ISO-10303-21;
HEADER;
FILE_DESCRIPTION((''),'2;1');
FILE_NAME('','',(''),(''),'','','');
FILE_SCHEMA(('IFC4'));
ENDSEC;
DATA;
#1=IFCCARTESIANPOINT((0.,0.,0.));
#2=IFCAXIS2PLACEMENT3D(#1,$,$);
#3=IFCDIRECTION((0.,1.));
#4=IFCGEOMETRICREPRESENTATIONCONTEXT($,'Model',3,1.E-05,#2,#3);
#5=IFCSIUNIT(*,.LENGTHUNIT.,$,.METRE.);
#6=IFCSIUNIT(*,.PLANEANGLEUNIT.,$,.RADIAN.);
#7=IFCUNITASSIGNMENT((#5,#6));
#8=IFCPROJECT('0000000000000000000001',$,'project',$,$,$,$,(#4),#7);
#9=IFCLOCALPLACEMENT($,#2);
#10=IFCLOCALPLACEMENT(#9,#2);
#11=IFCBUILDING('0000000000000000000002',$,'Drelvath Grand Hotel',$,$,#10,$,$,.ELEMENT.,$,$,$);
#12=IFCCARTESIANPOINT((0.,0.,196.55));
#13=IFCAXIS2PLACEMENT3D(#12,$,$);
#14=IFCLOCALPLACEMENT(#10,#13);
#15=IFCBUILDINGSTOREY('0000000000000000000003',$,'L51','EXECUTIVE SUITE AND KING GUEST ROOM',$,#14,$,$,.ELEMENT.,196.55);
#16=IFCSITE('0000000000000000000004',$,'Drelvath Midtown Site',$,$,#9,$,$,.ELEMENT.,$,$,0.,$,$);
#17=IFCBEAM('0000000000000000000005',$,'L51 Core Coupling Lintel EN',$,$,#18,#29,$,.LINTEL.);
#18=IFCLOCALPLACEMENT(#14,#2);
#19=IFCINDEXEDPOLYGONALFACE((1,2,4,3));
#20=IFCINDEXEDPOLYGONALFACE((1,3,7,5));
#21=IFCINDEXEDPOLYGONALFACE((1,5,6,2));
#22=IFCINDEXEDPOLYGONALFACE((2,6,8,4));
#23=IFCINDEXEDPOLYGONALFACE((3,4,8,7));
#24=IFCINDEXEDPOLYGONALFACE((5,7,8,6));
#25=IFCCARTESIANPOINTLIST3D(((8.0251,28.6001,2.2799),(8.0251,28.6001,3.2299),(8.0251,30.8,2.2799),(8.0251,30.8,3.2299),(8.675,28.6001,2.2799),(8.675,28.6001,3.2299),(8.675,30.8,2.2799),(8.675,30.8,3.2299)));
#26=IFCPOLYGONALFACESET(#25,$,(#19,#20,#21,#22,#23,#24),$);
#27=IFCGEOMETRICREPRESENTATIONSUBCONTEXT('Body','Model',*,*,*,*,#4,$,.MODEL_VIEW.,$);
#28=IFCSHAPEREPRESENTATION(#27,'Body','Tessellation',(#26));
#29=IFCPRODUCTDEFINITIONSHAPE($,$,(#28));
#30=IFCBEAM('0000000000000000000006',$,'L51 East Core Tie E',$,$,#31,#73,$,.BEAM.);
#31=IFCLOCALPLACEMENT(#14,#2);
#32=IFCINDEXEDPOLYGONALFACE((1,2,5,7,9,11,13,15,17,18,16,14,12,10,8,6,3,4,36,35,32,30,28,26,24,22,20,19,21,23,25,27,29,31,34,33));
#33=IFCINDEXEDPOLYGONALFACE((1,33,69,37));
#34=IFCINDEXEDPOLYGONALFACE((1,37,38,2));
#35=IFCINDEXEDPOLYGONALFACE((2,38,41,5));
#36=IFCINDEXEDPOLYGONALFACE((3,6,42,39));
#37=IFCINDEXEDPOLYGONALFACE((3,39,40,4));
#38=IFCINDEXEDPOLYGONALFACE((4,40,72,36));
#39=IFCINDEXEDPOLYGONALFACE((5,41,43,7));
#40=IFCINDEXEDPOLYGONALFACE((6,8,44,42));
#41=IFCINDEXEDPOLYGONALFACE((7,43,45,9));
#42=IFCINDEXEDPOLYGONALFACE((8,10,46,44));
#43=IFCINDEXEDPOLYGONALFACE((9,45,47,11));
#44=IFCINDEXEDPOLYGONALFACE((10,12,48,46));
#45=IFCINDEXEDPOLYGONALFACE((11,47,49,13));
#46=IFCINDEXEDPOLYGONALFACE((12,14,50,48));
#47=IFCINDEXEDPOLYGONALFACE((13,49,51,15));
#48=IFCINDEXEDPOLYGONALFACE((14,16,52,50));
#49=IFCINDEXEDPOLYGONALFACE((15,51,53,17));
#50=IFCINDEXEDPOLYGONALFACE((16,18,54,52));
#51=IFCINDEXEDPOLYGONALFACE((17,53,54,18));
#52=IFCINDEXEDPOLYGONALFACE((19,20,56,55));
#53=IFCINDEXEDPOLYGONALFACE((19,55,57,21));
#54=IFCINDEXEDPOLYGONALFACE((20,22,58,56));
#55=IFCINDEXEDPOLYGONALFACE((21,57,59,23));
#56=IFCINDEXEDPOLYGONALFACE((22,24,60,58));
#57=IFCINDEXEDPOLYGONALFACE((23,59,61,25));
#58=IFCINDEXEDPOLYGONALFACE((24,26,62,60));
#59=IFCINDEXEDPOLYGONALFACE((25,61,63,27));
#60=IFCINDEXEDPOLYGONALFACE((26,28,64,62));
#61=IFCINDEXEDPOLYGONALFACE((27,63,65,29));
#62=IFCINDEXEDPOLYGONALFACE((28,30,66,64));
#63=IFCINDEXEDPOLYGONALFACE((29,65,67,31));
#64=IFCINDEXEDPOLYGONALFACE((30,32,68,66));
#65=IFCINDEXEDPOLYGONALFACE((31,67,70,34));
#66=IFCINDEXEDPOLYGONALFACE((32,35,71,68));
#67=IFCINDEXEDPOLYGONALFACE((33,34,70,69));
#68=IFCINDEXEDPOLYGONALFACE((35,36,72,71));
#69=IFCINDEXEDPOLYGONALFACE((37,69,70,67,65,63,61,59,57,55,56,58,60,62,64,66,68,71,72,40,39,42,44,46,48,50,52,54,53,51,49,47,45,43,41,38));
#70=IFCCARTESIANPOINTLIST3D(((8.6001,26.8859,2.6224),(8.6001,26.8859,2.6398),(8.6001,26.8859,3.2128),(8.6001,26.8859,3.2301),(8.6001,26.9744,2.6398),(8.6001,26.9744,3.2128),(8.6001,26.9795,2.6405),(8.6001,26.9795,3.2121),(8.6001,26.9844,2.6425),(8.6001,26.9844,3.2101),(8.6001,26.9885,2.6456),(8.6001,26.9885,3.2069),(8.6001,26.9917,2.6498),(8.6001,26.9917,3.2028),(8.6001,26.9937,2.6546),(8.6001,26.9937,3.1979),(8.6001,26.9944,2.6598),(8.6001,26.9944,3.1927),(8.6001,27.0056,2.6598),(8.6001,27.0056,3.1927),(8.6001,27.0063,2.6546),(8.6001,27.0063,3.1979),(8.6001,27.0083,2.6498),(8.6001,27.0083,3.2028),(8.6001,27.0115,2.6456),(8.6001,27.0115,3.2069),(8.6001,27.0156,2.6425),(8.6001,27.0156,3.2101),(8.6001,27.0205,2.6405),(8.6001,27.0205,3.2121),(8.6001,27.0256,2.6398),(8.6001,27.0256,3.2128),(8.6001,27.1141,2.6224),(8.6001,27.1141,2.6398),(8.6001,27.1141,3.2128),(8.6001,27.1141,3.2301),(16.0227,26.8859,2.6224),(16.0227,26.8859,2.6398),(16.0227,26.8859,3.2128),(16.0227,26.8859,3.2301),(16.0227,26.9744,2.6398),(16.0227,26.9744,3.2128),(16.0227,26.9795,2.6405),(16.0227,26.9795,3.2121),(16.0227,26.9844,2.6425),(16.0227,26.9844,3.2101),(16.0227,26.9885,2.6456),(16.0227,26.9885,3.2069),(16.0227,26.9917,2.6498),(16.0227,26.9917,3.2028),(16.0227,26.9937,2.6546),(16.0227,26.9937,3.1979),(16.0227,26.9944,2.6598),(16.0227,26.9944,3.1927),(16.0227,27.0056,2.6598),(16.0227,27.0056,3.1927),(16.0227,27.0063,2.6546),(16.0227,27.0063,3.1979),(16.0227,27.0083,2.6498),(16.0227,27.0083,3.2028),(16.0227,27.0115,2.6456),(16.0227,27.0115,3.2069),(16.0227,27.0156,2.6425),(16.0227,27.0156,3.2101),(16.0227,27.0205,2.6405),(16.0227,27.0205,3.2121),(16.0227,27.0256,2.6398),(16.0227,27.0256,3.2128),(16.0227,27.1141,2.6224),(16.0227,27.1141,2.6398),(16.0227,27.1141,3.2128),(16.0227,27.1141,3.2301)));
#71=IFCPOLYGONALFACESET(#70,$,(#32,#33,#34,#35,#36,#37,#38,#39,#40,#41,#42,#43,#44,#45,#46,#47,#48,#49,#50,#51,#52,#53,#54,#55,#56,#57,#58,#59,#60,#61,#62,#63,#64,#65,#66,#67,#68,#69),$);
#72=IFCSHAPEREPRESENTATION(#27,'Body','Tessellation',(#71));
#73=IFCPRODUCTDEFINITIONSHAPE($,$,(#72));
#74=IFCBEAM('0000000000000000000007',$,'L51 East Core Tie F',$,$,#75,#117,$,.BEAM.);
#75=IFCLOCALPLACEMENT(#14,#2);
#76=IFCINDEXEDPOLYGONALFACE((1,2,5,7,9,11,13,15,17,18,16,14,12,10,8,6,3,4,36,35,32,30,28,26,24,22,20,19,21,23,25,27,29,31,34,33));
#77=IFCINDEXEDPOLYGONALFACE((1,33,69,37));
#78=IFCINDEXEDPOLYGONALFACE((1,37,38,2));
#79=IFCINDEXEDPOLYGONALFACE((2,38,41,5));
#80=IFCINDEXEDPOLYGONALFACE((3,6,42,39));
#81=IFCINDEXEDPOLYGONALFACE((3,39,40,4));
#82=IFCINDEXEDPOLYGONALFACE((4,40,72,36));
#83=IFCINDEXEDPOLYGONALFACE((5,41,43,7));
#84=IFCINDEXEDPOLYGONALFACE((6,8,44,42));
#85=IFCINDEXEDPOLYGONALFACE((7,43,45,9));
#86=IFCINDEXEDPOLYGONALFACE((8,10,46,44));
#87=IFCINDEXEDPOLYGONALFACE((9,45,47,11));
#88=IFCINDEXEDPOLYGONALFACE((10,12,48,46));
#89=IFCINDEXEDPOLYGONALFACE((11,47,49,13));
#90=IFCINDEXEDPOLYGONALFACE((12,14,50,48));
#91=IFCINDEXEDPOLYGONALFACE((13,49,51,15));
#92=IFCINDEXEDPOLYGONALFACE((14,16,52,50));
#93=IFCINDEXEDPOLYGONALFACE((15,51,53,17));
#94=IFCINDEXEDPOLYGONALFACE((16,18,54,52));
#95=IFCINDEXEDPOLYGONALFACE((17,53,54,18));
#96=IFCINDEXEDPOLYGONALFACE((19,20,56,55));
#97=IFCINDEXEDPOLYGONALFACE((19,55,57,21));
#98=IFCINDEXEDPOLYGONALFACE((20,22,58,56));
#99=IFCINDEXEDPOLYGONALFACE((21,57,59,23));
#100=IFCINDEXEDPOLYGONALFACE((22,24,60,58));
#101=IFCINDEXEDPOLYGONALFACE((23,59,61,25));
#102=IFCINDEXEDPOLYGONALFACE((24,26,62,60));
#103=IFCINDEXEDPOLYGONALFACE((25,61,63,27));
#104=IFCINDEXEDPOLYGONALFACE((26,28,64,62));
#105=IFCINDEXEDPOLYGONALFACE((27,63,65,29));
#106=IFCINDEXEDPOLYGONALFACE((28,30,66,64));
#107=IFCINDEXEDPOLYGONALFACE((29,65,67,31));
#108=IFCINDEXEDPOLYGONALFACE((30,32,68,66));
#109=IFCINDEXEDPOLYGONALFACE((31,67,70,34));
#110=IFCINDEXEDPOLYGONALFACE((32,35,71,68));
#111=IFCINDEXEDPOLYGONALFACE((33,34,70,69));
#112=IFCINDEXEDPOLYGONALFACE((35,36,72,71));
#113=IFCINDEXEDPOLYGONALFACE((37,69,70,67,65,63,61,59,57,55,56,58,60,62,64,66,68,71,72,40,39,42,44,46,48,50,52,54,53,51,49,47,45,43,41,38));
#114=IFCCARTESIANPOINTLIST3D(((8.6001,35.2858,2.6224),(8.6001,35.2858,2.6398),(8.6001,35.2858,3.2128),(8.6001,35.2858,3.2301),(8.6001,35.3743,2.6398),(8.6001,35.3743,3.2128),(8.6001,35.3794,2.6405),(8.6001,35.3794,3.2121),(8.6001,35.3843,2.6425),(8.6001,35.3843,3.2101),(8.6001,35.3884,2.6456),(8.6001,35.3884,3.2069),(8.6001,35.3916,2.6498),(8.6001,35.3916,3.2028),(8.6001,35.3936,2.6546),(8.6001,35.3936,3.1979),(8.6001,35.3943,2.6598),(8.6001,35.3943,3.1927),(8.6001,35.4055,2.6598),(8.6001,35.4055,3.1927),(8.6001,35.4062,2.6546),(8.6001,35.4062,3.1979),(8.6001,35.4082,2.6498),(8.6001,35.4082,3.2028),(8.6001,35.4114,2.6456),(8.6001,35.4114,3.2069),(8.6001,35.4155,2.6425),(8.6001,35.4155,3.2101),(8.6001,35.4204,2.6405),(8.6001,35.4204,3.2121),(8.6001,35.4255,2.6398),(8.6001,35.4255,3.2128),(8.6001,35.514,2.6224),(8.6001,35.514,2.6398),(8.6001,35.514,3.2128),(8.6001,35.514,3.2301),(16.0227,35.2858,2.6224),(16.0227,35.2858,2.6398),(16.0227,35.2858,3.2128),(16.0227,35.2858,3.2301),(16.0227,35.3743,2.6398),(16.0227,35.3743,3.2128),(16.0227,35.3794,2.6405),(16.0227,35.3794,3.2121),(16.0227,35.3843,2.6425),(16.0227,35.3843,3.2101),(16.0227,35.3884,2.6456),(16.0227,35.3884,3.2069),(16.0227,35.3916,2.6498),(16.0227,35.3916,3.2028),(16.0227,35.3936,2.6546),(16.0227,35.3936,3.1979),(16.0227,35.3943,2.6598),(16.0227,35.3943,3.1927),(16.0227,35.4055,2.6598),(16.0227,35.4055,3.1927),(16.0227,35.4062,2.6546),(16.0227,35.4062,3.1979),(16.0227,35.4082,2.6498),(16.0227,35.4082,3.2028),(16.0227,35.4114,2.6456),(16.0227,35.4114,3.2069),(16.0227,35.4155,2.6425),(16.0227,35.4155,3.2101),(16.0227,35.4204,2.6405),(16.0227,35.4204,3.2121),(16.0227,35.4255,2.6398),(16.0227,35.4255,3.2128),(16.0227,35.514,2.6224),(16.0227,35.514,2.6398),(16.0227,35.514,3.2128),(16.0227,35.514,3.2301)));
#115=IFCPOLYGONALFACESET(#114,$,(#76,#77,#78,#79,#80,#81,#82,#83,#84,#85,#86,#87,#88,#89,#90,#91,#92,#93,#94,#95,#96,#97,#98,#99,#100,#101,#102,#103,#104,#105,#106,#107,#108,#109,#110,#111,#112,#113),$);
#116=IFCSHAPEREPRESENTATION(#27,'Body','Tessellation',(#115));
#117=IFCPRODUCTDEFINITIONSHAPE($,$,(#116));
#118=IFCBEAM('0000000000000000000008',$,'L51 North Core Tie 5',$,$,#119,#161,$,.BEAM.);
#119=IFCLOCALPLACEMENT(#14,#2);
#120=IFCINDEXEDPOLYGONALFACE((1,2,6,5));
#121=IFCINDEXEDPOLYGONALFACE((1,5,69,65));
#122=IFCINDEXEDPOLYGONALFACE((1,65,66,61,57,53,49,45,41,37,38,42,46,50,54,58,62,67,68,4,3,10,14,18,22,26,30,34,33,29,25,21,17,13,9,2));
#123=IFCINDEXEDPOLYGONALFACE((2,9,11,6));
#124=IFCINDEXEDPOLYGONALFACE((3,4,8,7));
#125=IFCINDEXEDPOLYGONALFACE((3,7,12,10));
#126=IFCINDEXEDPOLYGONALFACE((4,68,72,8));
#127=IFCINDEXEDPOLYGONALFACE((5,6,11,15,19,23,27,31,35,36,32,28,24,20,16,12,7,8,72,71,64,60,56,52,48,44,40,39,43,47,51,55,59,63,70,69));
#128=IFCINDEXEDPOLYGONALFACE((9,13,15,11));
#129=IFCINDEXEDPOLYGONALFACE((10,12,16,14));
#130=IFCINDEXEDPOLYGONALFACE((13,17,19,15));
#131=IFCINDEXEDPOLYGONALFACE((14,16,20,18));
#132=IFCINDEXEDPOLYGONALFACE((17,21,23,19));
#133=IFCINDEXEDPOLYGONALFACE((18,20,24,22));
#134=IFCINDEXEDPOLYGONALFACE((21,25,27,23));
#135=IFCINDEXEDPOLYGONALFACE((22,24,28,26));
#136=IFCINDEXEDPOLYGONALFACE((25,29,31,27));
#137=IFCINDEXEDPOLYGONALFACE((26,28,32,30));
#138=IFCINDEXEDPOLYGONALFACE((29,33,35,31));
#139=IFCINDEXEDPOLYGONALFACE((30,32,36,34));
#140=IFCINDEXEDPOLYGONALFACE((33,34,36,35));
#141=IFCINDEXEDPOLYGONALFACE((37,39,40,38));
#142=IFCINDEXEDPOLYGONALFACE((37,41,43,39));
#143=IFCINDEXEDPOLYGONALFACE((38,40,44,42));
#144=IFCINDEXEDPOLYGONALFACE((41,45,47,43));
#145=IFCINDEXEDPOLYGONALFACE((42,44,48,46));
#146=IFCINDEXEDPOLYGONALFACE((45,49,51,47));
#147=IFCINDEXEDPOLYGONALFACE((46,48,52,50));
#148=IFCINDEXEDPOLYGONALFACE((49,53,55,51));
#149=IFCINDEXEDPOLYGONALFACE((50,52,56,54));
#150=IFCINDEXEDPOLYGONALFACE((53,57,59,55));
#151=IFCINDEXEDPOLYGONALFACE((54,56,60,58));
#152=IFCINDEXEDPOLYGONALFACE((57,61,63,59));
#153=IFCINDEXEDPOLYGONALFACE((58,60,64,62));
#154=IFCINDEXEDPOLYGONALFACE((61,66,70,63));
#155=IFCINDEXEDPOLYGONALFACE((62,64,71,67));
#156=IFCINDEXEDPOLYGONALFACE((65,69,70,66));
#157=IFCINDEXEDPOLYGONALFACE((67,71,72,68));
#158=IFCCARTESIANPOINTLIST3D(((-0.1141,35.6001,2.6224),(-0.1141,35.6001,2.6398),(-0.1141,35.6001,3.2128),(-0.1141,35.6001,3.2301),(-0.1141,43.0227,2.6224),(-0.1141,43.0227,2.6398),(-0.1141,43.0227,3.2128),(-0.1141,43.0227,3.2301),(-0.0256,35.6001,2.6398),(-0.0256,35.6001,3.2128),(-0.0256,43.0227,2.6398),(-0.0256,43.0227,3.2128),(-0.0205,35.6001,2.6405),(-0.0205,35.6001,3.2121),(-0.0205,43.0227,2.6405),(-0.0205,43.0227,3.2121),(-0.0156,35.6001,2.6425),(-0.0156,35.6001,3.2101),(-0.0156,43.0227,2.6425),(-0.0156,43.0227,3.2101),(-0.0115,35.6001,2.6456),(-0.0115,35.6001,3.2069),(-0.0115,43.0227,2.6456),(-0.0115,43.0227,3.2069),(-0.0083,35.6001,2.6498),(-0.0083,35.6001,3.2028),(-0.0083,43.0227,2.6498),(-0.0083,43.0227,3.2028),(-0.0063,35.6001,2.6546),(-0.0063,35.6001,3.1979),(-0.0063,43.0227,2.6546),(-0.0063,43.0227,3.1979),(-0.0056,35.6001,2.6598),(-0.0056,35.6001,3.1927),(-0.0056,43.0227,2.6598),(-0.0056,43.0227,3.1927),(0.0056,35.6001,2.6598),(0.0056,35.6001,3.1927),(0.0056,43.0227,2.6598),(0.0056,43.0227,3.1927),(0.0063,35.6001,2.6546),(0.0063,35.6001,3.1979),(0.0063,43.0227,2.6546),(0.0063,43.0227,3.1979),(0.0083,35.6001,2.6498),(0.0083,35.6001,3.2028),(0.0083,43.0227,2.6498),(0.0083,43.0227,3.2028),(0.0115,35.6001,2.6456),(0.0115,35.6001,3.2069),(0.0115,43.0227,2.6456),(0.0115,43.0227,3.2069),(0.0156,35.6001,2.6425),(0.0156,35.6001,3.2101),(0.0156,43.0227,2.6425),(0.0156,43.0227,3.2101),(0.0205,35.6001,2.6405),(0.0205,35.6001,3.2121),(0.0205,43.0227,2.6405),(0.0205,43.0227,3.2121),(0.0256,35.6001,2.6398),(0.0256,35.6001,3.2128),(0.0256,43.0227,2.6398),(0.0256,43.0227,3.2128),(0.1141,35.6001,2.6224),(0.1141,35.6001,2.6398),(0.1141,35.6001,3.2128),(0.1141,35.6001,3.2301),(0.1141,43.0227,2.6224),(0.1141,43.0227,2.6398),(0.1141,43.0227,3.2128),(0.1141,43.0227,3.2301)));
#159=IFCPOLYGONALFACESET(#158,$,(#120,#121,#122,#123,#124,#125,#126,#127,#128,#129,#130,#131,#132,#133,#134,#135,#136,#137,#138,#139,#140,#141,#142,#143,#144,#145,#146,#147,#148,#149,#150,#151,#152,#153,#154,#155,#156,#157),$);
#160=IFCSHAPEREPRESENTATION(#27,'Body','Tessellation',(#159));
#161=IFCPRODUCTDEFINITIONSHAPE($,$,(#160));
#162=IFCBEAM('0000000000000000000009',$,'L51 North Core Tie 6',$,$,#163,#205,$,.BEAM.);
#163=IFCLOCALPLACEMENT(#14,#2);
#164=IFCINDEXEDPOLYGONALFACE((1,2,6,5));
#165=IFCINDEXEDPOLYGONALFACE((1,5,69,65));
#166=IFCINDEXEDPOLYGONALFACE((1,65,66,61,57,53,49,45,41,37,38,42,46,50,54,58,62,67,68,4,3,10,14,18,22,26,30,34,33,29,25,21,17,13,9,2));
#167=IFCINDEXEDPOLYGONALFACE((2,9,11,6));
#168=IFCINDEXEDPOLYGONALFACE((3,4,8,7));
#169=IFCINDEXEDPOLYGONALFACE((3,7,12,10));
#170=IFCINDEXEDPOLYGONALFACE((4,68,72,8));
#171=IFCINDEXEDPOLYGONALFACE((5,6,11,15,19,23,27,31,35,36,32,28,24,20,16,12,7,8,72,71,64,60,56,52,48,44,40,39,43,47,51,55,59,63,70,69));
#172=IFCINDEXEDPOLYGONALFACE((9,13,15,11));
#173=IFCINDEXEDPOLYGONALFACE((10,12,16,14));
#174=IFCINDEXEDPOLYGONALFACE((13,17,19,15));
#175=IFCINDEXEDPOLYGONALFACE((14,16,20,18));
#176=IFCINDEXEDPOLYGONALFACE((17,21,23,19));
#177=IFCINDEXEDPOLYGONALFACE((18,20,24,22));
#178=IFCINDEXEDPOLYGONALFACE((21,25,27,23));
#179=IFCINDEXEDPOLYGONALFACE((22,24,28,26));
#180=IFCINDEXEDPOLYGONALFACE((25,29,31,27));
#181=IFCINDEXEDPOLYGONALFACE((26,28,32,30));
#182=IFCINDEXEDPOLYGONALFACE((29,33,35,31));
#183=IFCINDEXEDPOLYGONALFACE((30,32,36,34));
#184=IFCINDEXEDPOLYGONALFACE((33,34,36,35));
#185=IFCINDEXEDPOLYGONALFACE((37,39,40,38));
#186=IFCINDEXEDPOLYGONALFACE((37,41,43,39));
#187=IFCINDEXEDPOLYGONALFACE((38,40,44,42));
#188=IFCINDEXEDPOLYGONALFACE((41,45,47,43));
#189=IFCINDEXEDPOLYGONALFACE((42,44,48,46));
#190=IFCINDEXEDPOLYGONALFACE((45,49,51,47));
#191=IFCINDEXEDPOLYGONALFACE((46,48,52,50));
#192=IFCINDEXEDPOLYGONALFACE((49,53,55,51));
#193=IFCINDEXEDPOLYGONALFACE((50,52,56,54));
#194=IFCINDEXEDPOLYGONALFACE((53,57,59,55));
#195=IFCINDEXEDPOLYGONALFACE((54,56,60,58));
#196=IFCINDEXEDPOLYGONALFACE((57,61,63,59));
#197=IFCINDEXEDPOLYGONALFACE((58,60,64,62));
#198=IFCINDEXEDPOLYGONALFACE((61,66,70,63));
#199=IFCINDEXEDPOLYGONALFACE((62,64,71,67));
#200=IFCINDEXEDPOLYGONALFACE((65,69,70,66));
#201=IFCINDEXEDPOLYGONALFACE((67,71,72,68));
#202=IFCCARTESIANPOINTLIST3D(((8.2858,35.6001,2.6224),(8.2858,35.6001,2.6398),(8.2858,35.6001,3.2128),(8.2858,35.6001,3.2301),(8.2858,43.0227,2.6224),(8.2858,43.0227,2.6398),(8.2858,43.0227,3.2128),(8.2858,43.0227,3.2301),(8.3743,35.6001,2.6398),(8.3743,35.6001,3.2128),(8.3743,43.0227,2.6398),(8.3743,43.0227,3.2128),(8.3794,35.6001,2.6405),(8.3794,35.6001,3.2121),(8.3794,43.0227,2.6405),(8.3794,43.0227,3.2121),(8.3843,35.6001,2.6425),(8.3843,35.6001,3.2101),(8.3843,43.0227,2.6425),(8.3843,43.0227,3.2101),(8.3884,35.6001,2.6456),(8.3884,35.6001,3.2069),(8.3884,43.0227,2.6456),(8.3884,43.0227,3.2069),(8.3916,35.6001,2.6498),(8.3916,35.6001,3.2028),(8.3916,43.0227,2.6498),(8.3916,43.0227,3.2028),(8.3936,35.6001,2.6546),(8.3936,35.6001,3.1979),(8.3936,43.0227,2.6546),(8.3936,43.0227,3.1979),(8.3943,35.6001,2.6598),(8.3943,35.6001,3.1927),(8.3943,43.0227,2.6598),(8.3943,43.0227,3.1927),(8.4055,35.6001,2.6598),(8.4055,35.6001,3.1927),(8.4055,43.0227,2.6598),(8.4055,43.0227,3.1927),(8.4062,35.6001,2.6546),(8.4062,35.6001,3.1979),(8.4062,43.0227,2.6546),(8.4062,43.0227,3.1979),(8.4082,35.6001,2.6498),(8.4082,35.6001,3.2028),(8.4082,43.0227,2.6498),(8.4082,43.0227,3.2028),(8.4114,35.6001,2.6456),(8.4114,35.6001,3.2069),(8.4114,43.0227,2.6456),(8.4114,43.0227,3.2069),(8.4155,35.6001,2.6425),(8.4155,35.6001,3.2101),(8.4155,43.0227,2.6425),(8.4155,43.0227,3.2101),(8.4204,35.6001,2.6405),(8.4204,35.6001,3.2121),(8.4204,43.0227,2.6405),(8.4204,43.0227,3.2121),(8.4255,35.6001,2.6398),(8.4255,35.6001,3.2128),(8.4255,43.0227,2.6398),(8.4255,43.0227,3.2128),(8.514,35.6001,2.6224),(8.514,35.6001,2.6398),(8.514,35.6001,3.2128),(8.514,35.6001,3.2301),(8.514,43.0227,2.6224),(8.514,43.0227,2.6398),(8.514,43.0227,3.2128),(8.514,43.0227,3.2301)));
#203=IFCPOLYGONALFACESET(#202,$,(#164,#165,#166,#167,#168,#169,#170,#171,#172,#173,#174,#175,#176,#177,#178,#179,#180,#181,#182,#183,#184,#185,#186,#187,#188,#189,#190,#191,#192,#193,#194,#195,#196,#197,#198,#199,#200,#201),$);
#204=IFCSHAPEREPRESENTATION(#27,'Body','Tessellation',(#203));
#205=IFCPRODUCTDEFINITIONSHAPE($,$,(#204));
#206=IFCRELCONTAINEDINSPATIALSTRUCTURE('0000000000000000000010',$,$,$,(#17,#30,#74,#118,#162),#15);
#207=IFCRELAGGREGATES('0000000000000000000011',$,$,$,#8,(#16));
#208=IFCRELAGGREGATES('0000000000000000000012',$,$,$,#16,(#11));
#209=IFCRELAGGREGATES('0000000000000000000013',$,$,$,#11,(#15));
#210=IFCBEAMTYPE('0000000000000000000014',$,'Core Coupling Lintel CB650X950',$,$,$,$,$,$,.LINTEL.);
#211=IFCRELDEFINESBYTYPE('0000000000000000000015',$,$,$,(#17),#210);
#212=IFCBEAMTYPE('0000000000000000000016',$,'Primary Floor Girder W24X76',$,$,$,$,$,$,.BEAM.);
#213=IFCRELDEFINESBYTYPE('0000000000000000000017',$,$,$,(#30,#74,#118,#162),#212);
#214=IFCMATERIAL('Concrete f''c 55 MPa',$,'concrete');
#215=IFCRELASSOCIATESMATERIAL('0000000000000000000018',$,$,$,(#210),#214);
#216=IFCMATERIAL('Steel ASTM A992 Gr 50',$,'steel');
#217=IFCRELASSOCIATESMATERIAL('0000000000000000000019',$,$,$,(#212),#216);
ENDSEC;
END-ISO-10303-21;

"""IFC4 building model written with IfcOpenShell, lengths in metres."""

from ifc_helpers import new_model, si_unit, direction, frame, origin, origin_2d, place, context, subcontext, project, spatial, rectangle, i_section, extrude, material, material_profile, profile_set, type_object, element, save


model = new_model("IFC4")

# Units and contexts
model_context = context("Model", 3, precision=1e-05, world=origin(), true_north=direction((0.0, 1.0)))
body_context = subcontext(model_context, "Body", "Model", "MODEL_VIEW")
ifc_project = project(units=[si_unit("LENGTHUNIT", "METRE"), si_unit("PLANEANGLEUNIT", "RADIAN")], contexts=[model_context])

# Site, building, storey
site_placement = place(None, origin())
site = spatial("IfcSite", under=ifc_project, at=site_placement, Name="Drelvath Midtown Site", CompositionType="ELEMENT", RefElevation=0.0)
building_placement = place(site_placement, origin())
building = spatial("IfcBuilding", under=site, at=building_placement, Name="Drelvath Grand Hotel", CompositionType="ELEMENT")
storey_placement = place(building_placement, frame((0.0, 0.0, 196.55)))
storey = spatial("IfcBuildingStorey", under=building, at=storey_placement, Name="L51", Description="EXECUTIVE SUITE AND KING GUEST ROOM", CompositionType="ELEMENT", Elevation=196.55)

# Beams
ifc_material_1 = material(Name="Concrete f'c 55 MPa", Category="concrete")
ifc_material_profile_1 = material_profile(ifc_material_1, rectangle(XDim=0.6499, YDim=0.95, at=origin_2d()), Name="CB650X950")
ifc_profile_set_1 = profile_set([ifc_material_profile_1], Name="Concrete f'c 55 MPa")
beam_type_1 = type_object("IfcBeamType", Name="Core Coupling Lintel CB650X950", PredefinedType="LINTEL", material=ifc_profile_set_1)
beam_1_placement = place(storey_placement, frame((8.3501, 28.6001, 2.7549), z_axis=(0.0, 1.0, 0.0), x_axis=(-1.0, 0.0, 0.0)))
element("IfcBeam", 1, at=beam_1_placement, inside=storey, type_object=beam_type_1, Name="L51 Core Coupling Lintel EN", PredefinedType="LINTEL", context=body_context, shape_type="SweptSolid", body=[
    extrude(rectangle(XDim=0.6499, YDim=0.95, at=origin_2d()), origin(), (0.0, 0.0, 1.0), 2.2),
])
ifc_material_2 = material(Name="Steel ASTM A992 Gr 50", Category="steel")
ifc_material_profile_2 = material_profile(ifc_material_2, i_section(OverallWidth=0.2283, OverallDepth=0.6077, WebThickness=0.0112, FlangeThickness=0.0173, FilletRadius=0.02, at=origin_2d()), Name="W24X76")
ifc_profile_set_2 = profile_set([ifc_material_profile_2], Name="Steel ASTM A992 Gr 50")
beam_type_2 = type_object("IfcBeamType", Name="Primary Floor Girder W24X76", PredefinedType="BEAM", material=ifc_profile_set_2)
for number, where, z_axis, x_axis, name in (
    (2, (8.6001, 27.0, 2.9263), (1.0, 0.0, 0.0), (0.0, 1.0, 0.0), "L51 East Core Tie E"),
    (3, (8.6001, 35.3999, 2.9263), (1.0, 0.0, 0.0), (0.0, 1.0, 0.0), "L51 East Core Tie F"),
    (4, (0.0, 35.6001, 2.9263), (0.0, 1.0, 0.0), (-1.0, 0.0, 0.0), "L51 North Core Tie 5"),
    (5, (8.3999, 35.6001, 2.9263), (0.0, 1.0, 0.0), (-1.0, 0.0, 0.0), "L51 North Core Tie 6"),
):
    element("IfcBeam", number, at=place(storey_placement, frame(where, z_axis=z_axis, x_axis=x_axis)), inside=storey, type_object=beam_type_2, Name=name, PredefinedType="BEAM", context=body_context, shape_type="SweptSolid", body=[
        extrude(i_section(OverallWidth=0.2283, OverallDepth=0.6077, WebThickness=0.0112, FlangeThickness=0.0173, FilletRadius=0.02, at=origin_2d()), origin(), (0.0, 0.0, 1.0), 7.4226),
    ])

save(model, "model.ifc")
